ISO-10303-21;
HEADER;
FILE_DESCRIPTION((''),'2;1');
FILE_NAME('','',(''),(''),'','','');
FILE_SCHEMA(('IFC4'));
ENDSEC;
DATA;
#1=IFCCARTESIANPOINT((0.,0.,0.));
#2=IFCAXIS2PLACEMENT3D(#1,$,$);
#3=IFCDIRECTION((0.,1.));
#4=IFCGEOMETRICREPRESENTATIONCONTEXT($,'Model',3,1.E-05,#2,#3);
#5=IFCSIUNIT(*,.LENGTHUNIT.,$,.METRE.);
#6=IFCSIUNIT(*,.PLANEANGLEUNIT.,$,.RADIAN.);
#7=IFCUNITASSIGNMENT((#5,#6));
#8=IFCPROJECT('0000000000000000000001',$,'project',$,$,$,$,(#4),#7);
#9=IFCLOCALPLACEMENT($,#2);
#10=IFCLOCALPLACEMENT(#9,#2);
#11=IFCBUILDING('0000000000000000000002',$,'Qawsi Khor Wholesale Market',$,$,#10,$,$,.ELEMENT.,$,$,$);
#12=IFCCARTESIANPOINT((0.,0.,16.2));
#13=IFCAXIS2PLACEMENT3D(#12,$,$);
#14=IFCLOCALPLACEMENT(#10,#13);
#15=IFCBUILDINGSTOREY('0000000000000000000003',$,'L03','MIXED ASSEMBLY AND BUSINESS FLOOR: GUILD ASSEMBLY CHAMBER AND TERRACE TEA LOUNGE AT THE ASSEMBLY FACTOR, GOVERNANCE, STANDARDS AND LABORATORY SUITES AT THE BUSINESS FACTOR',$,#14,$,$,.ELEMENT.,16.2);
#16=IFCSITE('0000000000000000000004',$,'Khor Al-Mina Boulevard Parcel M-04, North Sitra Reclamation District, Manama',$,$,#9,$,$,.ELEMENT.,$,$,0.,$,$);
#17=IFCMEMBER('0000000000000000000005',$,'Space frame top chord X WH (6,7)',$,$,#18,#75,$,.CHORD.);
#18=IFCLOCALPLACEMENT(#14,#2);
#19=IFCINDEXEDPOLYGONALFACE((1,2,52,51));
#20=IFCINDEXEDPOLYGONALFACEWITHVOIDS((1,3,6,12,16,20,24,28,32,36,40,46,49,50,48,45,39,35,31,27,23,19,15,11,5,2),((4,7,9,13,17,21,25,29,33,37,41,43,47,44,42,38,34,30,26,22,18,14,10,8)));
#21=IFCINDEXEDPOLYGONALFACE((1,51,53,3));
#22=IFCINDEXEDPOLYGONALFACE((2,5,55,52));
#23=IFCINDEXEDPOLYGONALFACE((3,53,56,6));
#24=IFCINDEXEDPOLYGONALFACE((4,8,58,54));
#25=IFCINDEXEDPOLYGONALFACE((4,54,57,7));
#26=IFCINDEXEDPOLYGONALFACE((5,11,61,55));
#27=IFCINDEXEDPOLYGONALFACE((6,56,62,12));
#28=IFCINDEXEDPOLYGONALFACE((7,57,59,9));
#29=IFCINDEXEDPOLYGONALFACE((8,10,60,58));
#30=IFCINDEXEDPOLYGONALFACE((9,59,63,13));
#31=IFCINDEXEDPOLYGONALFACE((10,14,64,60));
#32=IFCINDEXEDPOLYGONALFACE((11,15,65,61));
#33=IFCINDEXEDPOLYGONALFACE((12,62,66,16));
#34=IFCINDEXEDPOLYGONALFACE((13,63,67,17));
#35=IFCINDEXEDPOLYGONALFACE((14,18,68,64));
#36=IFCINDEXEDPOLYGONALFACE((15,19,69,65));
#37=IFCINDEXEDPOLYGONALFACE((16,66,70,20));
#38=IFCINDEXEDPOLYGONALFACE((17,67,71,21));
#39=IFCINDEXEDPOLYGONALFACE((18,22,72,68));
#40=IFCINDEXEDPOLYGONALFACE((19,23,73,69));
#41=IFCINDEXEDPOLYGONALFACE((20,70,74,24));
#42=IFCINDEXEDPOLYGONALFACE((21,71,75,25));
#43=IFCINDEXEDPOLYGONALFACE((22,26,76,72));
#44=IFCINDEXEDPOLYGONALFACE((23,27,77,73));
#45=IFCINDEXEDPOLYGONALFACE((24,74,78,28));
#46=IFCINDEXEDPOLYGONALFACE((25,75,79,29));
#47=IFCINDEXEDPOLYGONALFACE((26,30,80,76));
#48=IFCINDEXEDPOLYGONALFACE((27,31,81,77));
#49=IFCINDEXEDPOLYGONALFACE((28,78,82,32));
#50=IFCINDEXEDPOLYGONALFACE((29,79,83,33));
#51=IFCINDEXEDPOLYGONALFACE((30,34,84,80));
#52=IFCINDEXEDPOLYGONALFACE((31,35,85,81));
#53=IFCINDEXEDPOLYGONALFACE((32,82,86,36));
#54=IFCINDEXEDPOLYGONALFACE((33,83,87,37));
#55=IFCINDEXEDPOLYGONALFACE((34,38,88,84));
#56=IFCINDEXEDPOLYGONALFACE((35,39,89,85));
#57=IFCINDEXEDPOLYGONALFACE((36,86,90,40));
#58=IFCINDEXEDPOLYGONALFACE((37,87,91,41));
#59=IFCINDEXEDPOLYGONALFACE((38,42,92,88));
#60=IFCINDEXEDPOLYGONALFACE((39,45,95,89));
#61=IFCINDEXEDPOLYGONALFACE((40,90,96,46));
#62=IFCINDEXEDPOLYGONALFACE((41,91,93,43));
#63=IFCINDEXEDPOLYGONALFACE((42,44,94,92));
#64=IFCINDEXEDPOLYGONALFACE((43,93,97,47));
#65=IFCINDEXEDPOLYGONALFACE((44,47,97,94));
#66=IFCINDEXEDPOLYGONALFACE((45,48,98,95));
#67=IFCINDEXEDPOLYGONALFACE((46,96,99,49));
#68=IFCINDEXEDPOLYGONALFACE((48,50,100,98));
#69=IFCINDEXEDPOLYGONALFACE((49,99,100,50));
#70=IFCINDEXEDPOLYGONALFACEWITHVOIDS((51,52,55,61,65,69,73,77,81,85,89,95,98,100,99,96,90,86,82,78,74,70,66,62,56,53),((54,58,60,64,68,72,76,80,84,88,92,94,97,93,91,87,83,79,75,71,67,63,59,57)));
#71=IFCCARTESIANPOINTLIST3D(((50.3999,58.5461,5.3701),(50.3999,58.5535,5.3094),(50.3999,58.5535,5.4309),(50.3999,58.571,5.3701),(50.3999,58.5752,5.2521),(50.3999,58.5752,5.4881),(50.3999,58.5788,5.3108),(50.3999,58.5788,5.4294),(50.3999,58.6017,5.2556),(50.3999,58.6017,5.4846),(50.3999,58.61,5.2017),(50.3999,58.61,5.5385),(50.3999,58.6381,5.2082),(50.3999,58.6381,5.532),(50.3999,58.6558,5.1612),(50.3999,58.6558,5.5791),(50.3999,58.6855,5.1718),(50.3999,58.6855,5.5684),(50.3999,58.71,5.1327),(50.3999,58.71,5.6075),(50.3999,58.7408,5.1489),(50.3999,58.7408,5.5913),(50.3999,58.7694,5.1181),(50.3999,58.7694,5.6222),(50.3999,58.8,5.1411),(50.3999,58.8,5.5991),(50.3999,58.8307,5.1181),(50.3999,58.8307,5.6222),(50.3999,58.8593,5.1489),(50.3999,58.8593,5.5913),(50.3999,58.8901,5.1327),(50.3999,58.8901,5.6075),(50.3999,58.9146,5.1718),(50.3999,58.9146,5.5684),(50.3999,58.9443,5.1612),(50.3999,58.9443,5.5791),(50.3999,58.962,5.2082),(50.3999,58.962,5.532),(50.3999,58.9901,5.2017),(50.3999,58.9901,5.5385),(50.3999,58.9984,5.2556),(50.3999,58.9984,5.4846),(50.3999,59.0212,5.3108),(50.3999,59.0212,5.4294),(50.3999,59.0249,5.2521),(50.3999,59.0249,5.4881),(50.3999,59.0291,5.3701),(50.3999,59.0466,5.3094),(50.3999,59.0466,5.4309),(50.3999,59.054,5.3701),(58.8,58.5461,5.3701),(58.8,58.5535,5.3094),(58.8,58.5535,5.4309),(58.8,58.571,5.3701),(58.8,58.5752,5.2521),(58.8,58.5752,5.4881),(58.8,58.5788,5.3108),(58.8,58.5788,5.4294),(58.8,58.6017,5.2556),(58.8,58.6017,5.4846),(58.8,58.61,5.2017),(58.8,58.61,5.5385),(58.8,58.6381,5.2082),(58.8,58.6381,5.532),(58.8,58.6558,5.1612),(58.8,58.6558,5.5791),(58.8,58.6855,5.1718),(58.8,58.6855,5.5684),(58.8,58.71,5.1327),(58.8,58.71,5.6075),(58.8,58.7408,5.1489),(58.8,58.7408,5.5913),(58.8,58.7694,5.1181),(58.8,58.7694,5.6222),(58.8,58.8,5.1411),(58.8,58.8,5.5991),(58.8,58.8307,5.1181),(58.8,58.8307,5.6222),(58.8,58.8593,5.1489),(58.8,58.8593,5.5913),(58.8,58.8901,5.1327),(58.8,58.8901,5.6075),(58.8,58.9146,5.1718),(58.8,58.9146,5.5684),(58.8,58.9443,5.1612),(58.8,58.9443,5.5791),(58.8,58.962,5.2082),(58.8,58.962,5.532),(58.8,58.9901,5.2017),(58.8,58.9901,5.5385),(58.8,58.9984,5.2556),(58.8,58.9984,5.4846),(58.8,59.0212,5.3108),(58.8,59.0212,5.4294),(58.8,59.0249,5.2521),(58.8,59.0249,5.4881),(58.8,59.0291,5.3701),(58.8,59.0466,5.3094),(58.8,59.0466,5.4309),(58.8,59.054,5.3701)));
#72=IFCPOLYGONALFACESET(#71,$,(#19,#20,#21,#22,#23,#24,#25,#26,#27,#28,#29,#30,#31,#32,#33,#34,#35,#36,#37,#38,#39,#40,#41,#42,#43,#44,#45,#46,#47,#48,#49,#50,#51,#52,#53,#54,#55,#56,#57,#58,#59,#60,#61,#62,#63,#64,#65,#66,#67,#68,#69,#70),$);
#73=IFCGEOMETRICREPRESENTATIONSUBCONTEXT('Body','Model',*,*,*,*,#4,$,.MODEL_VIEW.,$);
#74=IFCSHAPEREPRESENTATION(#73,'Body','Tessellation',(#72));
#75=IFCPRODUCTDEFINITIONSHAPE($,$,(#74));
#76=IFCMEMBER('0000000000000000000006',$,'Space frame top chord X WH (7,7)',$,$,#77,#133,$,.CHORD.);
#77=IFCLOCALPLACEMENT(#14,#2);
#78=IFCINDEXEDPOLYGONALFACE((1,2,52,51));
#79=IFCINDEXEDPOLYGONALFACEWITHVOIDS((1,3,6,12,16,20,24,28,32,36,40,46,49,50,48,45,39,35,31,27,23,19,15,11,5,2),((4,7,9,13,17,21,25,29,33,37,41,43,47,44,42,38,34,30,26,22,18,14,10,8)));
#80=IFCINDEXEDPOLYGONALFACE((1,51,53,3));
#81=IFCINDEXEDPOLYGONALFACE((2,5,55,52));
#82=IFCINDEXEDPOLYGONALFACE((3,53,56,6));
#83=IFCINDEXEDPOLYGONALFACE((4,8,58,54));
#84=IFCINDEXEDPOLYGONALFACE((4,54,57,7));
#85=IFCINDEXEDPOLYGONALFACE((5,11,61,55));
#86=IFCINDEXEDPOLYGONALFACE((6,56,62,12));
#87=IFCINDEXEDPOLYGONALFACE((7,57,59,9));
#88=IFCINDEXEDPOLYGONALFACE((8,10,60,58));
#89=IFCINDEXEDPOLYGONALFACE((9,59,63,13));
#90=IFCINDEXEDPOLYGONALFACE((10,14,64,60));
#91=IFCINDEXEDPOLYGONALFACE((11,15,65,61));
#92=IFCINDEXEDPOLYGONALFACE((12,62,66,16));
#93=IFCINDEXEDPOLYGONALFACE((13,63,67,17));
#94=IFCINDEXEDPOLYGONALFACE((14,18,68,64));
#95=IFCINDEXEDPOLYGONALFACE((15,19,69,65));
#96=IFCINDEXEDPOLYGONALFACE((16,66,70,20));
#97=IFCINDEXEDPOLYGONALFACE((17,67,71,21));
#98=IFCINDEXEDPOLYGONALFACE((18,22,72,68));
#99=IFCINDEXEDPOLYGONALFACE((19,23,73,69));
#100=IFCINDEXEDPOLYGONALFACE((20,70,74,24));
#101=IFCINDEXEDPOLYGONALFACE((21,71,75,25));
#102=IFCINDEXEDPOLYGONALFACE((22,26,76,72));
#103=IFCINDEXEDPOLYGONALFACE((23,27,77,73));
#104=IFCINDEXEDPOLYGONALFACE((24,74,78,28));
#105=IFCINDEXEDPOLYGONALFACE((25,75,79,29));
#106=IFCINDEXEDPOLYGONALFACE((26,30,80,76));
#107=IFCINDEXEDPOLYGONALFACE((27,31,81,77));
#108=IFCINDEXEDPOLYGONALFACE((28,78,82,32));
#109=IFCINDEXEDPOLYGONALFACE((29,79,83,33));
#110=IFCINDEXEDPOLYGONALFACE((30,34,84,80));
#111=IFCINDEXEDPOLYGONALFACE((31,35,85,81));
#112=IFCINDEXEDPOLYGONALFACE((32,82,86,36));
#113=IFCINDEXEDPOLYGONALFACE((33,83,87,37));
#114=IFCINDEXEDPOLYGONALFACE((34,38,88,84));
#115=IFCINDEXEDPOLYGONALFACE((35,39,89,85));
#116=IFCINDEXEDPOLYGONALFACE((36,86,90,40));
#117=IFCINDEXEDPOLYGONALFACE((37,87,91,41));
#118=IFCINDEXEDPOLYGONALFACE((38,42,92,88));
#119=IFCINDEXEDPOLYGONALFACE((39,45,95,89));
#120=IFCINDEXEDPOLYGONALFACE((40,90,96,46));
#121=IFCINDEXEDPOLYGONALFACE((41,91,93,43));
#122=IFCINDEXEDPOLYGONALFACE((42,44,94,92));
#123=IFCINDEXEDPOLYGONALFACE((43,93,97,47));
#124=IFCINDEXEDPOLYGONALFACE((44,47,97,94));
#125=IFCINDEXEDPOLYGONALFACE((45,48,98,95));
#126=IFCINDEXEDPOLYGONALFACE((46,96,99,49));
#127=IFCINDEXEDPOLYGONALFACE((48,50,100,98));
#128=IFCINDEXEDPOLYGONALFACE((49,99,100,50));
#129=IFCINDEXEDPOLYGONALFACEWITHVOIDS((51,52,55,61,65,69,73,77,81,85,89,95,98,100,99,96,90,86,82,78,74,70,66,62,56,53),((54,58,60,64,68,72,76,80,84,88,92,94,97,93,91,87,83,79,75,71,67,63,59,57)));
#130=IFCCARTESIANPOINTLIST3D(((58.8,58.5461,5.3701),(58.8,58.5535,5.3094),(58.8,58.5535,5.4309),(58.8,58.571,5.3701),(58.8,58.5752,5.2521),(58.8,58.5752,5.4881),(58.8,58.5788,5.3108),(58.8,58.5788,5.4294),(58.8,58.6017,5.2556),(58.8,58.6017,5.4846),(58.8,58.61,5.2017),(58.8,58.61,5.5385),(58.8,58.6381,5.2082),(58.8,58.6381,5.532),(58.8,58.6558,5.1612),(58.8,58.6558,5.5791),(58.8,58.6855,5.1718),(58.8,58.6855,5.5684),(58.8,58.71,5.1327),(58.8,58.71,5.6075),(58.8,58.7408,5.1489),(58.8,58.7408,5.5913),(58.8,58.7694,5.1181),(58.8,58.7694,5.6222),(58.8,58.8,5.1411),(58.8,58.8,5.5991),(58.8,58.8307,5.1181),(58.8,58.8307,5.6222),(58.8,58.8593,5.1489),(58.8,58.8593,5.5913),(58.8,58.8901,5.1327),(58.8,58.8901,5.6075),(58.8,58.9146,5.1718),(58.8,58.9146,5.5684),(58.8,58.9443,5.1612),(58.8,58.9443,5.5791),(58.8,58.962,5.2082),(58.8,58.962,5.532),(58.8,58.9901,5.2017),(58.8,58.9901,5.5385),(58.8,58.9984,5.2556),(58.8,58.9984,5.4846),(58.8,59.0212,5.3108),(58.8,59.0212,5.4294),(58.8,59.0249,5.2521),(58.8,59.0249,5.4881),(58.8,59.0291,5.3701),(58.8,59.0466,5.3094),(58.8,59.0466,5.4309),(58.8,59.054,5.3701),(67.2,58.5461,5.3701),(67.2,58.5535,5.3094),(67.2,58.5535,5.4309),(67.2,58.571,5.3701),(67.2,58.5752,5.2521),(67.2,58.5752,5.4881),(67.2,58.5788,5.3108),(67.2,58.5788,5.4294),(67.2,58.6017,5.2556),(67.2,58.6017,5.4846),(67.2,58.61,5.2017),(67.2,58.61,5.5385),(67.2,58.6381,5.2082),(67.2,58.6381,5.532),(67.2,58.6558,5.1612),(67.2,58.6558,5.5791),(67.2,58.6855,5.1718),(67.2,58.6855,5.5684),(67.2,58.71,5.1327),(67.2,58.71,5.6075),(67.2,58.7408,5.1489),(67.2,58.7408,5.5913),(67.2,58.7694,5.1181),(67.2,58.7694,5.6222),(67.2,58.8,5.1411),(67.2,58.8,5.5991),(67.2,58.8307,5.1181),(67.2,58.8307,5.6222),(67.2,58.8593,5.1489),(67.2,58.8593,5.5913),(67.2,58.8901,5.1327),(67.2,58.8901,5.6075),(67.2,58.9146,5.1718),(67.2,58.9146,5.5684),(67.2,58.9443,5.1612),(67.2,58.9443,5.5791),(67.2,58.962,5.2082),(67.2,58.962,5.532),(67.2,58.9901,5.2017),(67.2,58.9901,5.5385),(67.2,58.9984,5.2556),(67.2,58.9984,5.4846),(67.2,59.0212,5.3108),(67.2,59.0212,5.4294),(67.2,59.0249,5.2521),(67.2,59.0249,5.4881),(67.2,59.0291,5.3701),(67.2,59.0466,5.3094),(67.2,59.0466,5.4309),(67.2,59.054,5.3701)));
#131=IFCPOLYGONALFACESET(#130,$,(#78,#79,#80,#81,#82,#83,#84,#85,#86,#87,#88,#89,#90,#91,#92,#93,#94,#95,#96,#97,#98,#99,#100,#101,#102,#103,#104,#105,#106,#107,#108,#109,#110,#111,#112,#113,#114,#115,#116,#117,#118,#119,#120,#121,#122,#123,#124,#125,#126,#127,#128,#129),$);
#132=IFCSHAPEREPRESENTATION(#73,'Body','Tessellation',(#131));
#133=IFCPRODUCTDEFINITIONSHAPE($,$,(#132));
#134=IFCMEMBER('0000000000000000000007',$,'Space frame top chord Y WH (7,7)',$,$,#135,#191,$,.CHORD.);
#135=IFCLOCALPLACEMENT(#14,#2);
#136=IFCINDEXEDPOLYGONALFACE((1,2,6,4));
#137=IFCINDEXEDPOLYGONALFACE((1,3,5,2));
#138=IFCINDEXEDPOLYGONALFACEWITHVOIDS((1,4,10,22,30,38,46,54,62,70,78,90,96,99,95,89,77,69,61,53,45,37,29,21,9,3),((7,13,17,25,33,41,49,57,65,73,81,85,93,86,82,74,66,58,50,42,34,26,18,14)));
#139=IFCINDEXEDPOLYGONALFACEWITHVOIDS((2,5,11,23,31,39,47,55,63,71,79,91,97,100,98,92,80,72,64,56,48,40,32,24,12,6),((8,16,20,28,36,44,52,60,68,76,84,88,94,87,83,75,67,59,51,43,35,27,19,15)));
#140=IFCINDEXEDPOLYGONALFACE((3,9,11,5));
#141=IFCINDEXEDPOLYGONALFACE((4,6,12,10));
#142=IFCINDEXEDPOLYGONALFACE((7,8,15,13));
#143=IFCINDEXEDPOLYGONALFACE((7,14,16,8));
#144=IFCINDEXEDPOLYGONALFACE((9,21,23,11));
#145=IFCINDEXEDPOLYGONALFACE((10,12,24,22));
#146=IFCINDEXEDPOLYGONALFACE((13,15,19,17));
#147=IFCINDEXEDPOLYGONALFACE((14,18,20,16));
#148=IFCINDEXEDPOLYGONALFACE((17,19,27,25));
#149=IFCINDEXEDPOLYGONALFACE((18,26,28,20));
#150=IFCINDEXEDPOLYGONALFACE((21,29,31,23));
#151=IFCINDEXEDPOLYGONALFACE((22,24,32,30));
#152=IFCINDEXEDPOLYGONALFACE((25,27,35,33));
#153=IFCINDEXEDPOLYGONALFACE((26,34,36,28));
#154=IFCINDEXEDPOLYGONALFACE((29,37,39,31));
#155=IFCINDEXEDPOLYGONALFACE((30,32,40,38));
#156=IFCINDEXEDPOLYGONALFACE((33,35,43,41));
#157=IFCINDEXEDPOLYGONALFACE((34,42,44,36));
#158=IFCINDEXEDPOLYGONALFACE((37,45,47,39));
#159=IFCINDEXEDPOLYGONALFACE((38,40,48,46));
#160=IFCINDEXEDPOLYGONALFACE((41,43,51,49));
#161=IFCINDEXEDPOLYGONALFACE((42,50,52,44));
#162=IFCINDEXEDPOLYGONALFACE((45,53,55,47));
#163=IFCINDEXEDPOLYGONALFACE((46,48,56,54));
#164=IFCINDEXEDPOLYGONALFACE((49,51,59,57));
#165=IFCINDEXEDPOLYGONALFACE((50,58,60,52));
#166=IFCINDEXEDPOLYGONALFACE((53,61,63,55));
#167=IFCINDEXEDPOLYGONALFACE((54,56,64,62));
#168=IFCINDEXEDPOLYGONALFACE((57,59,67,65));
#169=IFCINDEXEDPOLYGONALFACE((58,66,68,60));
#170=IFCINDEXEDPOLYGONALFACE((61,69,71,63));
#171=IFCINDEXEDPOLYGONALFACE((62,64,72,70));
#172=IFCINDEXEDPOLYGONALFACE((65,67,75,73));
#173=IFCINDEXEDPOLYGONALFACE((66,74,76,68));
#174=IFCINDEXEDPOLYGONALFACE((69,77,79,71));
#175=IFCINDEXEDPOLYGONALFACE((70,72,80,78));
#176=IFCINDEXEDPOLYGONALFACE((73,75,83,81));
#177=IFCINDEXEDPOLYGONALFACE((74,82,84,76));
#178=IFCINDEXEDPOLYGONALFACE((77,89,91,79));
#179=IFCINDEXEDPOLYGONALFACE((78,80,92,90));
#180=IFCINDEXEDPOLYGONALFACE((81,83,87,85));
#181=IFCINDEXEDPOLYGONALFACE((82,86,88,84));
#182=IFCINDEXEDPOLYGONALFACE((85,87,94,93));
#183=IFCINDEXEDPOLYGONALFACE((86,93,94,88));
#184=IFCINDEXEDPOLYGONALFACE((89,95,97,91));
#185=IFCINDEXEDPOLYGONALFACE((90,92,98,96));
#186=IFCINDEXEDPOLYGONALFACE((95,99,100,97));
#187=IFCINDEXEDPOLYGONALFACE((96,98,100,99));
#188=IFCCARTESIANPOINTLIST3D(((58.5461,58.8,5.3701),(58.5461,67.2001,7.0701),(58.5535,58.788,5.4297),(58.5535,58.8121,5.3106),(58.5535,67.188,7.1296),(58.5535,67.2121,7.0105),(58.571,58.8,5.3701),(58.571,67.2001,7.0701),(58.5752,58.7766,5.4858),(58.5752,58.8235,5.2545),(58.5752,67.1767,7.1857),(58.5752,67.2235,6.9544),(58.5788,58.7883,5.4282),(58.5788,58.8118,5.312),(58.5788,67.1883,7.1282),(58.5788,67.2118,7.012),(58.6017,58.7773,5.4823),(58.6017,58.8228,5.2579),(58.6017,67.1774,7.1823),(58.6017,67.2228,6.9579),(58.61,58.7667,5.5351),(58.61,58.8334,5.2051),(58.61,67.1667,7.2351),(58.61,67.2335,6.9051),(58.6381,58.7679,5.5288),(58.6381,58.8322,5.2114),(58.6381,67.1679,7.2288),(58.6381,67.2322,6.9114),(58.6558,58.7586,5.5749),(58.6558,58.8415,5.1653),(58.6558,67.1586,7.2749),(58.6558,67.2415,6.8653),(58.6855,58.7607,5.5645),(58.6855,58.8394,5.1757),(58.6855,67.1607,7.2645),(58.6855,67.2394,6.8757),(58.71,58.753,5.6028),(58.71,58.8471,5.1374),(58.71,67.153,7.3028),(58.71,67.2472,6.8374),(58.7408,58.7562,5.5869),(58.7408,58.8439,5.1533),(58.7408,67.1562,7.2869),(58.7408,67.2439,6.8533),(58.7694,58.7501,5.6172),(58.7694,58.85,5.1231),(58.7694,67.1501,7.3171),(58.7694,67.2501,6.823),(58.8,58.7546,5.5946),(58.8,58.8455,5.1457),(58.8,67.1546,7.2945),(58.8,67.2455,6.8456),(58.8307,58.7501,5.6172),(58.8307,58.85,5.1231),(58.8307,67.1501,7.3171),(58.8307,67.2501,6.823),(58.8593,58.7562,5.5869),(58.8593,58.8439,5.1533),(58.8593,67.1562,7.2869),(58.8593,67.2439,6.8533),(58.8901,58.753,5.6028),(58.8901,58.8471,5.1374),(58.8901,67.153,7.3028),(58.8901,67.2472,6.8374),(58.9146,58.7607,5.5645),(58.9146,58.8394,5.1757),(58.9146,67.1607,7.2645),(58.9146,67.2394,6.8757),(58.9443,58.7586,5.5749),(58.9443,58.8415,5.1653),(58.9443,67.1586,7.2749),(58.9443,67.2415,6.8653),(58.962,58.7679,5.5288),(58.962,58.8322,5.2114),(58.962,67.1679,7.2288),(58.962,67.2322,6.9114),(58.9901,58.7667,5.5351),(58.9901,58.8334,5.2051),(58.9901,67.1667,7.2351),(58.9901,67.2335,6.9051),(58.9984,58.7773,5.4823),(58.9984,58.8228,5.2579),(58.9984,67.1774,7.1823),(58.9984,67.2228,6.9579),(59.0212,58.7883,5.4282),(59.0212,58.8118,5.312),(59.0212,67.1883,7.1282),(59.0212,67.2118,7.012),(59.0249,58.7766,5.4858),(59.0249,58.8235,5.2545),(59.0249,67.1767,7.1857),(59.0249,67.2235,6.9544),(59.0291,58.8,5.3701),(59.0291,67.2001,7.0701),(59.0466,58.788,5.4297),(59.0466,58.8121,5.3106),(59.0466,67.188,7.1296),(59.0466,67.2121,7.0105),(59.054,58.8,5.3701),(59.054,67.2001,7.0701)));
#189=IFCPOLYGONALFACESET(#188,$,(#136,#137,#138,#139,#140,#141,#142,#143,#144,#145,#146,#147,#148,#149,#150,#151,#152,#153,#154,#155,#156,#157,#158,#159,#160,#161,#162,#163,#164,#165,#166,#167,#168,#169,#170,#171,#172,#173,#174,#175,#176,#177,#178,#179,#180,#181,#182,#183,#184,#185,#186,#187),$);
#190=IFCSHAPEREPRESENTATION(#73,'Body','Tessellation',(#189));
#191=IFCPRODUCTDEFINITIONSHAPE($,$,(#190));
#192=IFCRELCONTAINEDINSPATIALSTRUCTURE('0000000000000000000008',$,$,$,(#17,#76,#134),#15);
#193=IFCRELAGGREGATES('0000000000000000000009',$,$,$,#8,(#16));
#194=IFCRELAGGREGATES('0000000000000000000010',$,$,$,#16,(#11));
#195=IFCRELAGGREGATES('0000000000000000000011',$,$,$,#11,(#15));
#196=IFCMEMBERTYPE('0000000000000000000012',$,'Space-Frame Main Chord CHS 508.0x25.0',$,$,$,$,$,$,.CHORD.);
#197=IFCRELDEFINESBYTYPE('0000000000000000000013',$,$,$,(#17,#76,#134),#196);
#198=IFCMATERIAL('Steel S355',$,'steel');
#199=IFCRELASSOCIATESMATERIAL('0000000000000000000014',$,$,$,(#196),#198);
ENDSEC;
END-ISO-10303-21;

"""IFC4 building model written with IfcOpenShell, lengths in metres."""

from ifc_helpers import new_model, si_unit, direction, frame, origin, origin_2d, place, context, subcontext, project, spatial, hollow_circle, extrude, material, material_profile, profile_set, type_object, element, save


model = new_model("IFC4")

# Units and contexts
model_context = context("Model", 3, precision=1e-05, world=origin(), true_north=direction((0.0, 1.0)))
body_context = subcontext(model_context, "Body", "Model", "MODEL_VIEW")
ifc_project = project(units=[si_unit("LENGTHUNIT", "METRE"), si_unit("PLANEANGLEUNIT", "RADIAN")], contexts=[model_context])

# Site, building, storey
site_placement = place(None, origin())
site = spatial("IfcSite", under=ifc_project, at=site_placement, Name="Khor Al-Mina Boulevard Parcel M-04, North Sitra Reclamation District, Manama", CompositionType="ELEMENT", RefElevation=0.0)
building_placement = place(site_placement, origin())
building = spatial("IfcBuilding", under=site, at=building_placement, Name="Qawsi Khor Wholesale Market", CompositionType="ELEMENT")
storey_placement = place(building_placement, frame((0.0, 0.0, 16.2)))
storey = spatial("IfcBuildingStorey", under=building, at=storey_placement, Name="L03", Description="MIXED ASSEMBLY AND BUSINESS FLOOR: GUILD ASSEMBLY CHAMBER AND TERRACE TEA LOUNGE AT THE ASSEMBLY FACTOR, GOVERNANCE, STANDARDS AND LABORATORY SUITES AT THE BUSINESS FACTOR", CompositionType="ELEMENT", Elevation=16.2)

# Members
ifc_material_1 = material(Name="Steel S355", Category="steel")
ifc_material_profile_1 = material_profile(ifc_material_1, hollow_circle(Radius=0.2539, WallThickness=0.0249, at=origin_2d()), Name="CHS 508.0x25.0")
ifc_profile_set_1 = profile_set([ifc_material_profile_1], Name="Steel S355")
member_type_1 = type_object("IfcMemberType", Name="Space-Frame Main Chord CHS 508.0x25.0", PredefinedType="CHORD", material=ifc_profile_set_1)
member_1_placement = place(storey_placement, frame((50.3999, 58.8, 5.3701), z_axis=(1.0, 0.0, 0.0), x_axis=(0.0, 1.0, 0.0)))
element("IfcMember", 1, at=member_1_placement, inside=storey, type_object=member_type_1, Name="Space frame top chord X WH (6,7)", PredefinedType="CHORD", context=body_context, shape_type="SweptSolid", body=[
    extrude(hollow_circle(Radius=0.2539, WallThickness=0.0249, at=origin_2d()), origin(), (0.0, 0.0, 1.0), 8.4001),
])
member_2_placement = place(storey_placement, frame((58.8, 58.8, 5.3701), z_axis=(1.0, 0.0, 0.0), x_axis=(0.0, 1.0, 0.0)))
element("IfcMember", 2, at=member_2_placement, inside=storey, type_object=member_type_1, Name="Space frame top chord X WH (7,7)", PredefinedType="CHORD", context=body_context, shape_type="SweptSolid", body=[
    extrude(hollow_circle(Radius=0.2539, WallThickness=0.0249, at=origin_2d()), origin(), (0.0, 0.0, 1.0), 8.3999),
])
member_3_placement = place(storey_placement, frame((58.8, 58.8, 5.3701), z_axis=(0.0, 0.98013, 0.198356), x_axis=(-1.0, 0.0, 0.0)))
element("IfcMember", 3, at=member_3_placement, inside=storey, type_object=member_type_1, Name="Space frame top chord Y WH (7,7)", PredefinedType="CHORD", context=body_context, shape_type="SweptSolid", body=[
    extrude(hollow_circle(Radius=0.2539, WallThickness=0.0249, at=origin_2d()), origin(), (0.0, 0.0, 1.0), 8.5703),
])

save(model, "model.ifc")
